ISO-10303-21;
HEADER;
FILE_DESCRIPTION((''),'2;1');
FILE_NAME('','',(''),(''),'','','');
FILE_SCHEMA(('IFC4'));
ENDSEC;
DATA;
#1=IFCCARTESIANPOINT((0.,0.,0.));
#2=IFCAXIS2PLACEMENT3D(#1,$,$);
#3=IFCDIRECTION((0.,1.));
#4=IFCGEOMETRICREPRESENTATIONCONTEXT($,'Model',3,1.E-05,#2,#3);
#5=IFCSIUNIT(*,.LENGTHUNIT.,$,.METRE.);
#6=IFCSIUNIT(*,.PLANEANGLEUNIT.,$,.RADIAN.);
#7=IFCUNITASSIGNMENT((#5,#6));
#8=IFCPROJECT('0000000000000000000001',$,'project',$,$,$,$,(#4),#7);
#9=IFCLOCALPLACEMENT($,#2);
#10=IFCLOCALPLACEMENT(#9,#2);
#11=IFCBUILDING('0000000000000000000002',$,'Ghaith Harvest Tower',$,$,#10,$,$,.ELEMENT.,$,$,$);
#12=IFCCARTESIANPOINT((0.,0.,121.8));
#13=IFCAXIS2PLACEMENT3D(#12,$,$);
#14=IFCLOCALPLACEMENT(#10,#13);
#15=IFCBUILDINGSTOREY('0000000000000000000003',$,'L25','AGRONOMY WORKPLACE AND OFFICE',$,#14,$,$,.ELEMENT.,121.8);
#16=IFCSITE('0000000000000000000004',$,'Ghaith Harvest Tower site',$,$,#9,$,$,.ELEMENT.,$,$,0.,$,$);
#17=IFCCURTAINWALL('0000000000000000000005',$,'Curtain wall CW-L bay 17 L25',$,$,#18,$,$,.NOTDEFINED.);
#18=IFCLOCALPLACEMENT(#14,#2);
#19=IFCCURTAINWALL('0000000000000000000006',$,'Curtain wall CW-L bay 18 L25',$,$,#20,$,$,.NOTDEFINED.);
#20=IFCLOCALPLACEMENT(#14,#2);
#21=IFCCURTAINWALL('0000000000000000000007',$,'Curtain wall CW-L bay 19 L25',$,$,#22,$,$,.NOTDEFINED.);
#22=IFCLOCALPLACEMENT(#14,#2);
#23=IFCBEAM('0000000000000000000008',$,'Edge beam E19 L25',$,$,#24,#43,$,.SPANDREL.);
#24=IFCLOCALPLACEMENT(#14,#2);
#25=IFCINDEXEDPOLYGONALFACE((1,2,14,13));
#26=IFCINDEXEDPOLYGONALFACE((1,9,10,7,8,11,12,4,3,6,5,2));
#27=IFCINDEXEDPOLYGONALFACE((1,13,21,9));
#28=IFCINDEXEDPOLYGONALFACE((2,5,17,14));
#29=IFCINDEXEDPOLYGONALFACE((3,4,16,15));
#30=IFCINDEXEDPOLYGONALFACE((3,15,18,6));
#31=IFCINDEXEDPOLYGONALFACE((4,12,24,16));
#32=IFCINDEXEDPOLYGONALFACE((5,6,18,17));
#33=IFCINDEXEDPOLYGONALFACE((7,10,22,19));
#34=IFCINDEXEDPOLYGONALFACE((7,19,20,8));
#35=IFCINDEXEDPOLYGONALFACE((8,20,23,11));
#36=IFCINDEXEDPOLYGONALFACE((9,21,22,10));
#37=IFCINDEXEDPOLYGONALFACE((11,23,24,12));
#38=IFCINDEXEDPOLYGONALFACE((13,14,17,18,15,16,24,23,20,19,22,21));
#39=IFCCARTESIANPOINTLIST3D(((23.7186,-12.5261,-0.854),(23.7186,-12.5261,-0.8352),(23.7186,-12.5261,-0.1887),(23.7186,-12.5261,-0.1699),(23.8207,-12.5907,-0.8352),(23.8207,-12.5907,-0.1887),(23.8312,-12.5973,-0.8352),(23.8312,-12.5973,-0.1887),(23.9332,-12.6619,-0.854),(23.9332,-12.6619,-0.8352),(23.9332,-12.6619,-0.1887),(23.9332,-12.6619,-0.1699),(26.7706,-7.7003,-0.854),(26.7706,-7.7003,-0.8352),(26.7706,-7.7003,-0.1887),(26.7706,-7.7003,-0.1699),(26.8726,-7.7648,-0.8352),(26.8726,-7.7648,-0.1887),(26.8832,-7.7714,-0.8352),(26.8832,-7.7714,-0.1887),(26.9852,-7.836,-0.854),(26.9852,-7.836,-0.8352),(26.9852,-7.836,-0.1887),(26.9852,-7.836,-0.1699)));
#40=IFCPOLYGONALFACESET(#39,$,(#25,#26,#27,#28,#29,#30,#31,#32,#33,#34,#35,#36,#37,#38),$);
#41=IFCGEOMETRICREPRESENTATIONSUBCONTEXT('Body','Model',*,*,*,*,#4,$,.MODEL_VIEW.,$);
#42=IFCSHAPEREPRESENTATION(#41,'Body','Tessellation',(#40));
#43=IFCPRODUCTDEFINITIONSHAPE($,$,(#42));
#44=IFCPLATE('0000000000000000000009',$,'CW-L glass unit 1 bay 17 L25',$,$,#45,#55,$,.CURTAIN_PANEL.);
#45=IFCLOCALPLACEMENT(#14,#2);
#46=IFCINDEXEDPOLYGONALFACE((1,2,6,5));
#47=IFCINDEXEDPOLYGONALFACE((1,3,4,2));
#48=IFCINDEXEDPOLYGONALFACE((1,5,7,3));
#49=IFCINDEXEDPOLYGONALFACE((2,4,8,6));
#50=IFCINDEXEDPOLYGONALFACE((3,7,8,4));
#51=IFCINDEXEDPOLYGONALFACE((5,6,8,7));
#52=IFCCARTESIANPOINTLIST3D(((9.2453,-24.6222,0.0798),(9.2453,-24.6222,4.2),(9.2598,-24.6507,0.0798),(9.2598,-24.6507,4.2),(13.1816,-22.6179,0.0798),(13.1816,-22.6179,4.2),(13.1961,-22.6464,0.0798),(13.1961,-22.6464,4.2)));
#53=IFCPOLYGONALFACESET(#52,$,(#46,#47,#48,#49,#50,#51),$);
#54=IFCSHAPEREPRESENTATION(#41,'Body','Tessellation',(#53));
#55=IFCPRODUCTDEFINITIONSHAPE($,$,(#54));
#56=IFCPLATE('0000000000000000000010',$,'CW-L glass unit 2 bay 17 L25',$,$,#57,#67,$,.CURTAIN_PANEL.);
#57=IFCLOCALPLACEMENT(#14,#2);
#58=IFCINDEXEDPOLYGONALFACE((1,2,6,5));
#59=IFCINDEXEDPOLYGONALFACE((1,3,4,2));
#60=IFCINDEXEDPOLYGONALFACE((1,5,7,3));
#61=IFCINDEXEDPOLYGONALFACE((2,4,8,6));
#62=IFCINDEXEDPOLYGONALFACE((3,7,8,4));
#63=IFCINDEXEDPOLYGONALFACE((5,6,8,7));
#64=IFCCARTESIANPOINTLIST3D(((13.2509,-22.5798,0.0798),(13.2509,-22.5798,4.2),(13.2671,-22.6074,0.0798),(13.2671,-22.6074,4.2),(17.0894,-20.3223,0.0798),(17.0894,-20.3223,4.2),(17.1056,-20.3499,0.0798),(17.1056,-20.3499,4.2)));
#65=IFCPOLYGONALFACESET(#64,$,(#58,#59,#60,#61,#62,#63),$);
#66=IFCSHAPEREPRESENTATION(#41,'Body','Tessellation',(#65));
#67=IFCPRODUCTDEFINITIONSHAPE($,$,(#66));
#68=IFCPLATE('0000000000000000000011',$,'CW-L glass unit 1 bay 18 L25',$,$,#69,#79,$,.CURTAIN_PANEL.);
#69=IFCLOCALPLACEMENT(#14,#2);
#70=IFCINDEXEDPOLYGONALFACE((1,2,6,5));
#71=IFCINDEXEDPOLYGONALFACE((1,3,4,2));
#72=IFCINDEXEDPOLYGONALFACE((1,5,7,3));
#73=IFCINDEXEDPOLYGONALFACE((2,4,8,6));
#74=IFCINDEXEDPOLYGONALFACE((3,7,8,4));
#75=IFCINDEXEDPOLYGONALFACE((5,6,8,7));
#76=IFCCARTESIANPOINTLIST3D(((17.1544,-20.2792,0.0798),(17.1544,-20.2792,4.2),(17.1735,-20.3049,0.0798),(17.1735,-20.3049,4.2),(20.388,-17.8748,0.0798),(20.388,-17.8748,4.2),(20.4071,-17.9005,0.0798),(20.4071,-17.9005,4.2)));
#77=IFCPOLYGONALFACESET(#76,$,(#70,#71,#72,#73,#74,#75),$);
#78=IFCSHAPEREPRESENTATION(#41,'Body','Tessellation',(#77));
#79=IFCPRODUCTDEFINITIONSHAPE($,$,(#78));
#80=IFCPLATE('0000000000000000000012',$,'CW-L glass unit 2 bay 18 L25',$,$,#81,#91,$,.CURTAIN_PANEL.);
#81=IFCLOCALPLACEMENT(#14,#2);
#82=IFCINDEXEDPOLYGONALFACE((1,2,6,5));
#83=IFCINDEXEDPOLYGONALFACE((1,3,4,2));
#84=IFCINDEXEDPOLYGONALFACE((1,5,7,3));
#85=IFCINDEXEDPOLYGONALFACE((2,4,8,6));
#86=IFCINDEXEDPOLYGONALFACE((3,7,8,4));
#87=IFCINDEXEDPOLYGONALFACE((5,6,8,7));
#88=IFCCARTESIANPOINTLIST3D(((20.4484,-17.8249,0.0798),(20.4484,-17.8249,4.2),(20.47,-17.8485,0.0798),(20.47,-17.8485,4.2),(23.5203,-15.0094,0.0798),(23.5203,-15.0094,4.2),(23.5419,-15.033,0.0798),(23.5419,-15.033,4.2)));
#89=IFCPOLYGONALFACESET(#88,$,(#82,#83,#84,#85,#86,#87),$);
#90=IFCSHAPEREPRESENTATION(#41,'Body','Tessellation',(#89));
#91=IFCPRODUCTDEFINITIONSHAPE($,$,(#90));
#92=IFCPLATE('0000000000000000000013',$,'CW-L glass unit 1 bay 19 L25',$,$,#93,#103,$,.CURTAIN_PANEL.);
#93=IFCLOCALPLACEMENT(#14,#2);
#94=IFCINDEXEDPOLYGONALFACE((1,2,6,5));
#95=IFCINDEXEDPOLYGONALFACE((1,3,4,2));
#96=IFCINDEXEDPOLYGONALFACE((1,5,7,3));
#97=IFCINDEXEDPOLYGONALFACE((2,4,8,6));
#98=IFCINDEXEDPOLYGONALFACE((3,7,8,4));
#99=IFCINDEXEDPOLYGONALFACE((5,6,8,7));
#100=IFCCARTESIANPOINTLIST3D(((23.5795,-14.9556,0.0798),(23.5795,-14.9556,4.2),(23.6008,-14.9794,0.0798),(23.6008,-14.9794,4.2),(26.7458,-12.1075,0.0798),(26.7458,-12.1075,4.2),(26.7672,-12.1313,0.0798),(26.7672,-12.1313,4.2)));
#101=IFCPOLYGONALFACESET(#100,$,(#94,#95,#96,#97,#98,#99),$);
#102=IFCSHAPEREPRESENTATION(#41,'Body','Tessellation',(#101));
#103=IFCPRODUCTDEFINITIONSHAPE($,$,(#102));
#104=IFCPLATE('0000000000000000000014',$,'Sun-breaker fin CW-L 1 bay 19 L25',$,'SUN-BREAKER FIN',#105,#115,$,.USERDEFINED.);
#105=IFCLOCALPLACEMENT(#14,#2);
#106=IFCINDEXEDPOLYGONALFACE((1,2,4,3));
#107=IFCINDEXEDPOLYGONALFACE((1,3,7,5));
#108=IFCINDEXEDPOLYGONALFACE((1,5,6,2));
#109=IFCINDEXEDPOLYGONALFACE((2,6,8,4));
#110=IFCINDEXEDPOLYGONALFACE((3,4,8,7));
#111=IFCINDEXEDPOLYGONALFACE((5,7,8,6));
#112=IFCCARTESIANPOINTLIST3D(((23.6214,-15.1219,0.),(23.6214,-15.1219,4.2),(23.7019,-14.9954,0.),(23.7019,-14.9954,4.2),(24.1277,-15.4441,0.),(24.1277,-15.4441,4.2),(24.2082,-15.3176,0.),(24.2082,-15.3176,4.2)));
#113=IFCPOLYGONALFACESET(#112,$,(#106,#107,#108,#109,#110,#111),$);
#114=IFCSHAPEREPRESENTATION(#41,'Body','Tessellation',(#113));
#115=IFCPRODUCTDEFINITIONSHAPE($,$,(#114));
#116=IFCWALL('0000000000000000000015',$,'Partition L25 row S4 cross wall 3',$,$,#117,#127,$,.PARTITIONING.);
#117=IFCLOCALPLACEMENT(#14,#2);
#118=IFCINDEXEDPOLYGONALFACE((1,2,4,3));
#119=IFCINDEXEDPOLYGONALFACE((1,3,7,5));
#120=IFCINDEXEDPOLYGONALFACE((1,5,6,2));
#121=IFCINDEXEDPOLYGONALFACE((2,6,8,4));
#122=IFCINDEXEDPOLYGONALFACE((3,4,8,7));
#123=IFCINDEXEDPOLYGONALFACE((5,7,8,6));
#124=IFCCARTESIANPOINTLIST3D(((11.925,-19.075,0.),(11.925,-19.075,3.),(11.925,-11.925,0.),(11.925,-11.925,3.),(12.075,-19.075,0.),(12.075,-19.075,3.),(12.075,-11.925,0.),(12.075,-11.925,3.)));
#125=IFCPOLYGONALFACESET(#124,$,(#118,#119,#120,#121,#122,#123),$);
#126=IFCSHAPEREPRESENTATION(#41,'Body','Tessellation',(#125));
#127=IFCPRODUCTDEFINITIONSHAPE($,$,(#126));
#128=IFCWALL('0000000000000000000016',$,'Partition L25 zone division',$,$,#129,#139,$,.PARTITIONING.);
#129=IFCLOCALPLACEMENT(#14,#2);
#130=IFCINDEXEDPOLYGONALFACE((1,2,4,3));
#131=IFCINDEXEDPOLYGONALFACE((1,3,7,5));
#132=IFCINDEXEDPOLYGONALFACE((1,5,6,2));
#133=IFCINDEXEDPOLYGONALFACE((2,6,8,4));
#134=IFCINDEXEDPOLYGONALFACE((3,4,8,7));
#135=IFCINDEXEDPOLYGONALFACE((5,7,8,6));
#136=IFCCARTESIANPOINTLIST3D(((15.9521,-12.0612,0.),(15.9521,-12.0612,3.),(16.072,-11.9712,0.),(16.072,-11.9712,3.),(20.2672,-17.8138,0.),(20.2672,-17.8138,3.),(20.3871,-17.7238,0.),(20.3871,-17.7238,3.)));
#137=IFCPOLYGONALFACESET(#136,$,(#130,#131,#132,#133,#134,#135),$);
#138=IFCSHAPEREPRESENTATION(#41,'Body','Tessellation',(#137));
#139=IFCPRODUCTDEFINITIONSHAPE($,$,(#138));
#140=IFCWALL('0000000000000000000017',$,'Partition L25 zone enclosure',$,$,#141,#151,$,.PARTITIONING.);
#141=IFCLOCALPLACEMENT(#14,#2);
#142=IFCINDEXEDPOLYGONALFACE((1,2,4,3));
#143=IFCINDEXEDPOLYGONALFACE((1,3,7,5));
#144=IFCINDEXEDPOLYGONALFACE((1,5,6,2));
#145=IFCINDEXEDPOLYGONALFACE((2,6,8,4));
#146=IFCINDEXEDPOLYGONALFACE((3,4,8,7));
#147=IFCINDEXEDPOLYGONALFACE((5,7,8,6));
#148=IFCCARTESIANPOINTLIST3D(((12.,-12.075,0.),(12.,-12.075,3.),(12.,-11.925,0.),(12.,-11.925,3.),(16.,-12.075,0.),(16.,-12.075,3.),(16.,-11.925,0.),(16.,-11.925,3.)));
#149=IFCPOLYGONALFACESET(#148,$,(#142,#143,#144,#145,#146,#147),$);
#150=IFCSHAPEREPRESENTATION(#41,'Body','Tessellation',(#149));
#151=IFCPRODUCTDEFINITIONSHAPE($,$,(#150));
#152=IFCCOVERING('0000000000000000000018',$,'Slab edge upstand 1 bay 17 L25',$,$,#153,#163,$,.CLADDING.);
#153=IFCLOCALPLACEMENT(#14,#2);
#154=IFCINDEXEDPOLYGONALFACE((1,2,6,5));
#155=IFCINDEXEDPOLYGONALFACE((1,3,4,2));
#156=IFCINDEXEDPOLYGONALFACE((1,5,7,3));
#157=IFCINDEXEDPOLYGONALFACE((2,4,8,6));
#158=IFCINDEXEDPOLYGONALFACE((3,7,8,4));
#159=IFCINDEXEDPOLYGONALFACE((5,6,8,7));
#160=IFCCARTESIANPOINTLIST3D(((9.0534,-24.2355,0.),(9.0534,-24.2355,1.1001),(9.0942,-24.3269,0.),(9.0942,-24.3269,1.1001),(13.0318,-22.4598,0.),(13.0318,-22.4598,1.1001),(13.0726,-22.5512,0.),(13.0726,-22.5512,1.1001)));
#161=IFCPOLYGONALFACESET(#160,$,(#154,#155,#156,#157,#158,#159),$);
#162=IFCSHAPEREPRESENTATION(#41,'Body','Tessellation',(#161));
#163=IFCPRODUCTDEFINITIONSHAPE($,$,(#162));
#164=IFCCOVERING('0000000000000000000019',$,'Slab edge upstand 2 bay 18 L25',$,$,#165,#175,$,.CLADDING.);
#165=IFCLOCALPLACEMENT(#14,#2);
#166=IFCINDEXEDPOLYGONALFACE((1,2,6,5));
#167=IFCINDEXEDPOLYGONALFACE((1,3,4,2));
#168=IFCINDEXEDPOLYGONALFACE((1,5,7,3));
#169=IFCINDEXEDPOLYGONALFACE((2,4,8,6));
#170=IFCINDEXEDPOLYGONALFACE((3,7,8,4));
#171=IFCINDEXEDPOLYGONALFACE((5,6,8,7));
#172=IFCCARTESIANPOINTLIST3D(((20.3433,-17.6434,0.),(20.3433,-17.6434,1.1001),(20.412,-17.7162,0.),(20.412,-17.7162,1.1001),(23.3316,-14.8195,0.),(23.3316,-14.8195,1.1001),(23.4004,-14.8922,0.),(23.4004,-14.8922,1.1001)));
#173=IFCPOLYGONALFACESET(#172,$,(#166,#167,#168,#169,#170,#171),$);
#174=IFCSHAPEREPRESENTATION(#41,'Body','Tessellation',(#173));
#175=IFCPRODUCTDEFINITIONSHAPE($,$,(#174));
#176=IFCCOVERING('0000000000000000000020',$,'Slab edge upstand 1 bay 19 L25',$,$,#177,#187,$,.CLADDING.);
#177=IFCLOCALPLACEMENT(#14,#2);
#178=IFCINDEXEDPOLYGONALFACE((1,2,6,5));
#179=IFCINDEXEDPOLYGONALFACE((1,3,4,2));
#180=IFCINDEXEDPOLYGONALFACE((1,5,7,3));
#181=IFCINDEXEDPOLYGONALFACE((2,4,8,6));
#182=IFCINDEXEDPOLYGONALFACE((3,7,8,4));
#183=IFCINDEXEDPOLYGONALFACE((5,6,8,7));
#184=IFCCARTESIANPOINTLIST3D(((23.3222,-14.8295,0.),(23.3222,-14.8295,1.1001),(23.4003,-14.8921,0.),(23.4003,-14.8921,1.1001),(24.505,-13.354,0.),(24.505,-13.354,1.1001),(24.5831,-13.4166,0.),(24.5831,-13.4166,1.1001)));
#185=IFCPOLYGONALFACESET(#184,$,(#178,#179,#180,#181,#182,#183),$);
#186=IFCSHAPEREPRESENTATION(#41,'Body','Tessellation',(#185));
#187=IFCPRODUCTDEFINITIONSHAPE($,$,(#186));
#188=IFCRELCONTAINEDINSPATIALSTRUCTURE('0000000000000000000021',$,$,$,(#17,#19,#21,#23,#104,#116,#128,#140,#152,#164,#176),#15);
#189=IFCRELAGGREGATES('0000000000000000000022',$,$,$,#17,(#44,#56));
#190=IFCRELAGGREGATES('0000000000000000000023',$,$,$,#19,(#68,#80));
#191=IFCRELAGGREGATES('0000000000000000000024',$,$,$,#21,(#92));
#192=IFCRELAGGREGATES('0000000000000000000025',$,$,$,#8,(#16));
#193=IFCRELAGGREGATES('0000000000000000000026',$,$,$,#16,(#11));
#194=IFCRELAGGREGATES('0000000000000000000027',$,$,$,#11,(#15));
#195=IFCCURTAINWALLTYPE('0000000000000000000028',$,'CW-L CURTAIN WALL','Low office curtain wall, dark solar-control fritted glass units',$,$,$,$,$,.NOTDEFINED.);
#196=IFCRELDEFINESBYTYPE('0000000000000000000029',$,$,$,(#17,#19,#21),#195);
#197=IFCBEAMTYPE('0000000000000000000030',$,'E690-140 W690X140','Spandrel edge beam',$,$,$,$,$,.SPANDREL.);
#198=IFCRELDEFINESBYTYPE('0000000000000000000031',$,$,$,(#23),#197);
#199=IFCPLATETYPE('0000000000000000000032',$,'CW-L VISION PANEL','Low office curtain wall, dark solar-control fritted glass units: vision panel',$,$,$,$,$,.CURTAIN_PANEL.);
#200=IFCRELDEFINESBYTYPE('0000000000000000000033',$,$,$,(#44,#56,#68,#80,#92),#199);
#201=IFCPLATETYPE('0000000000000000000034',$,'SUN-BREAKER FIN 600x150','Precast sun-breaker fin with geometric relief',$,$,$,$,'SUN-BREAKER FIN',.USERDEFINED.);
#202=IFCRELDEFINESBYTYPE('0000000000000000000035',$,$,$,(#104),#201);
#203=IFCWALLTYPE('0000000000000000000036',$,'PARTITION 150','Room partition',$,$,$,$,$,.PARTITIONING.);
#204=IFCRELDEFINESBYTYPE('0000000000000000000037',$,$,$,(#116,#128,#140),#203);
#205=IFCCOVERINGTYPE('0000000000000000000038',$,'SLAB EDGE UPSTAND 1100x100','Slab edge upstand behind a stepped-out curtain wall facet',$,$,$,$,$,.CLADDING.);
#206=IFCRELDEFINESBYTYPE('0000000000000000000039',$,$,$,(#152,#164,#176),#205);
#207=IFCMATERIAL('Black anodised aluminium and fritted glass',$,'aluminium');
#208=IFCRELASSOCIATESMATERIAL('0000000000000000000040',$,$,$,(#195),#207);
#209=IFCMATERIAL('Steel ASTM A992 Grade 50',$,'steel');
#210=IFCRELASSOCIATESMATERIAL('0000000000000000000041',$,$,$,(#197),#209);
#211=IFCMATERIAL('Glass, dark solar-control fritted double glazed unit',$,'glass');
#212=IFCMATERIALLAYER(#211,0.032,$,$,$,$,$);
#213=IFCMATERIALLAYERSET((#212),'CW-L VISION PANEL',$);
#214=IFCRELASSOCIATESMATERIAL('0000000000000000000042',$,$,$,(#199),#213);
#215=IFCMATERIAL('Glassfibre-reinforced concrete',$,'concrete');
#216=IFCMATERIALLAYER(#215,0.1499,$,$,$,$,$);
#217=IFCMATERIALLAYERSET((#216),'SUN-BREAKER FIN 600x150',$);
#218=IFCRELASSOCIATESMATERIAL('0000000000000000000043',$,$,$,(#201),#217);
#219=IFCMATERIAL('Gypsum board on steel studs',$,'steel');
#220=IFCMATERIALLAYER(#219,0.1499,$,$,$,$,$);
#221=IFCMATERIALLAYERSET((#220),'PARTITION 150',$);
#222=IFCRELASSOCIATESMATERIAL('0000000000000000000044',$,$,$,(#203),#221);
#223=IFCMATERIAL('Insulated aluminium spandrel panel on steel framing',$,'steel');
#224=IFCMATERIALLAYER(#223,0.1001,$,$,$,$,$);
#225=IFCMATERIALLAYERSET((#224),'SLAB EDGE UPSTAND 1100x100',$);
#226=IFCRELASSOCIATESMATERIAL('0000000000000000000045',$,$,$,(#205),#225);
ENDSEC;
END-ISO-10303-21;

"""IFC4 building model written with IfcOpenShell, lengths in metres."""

from ifc_helpers import new_model, si_unit, direction, frame, frame_2d, origin, origin_2d, place, context, subcontext, project, spatial, rectangle, i_section, extrude, material, layer, layer_set, material_profile, profile_set, type_object, element, aggregate, save


model = new_model("IFC4")

# Units and contexts
model_context = context("Model", 3, precision=1e-05, world=origin(), true_north=direction((0.0, 1.0)))
body_context = subcontext(model_context, "Body", "Model", "MODEL_VIEW")
ifc_project = project(units=[si_unit("LENGTHUNIT", "METRE"), si_unit("PLANEANGLEUNIT", "RADIAN")], contexts=[model_context])

# Site, building, storey
site_placement = place(None, origin())
site = spatial("IfcSite", under=ifc_project, at=site_placement, Name="Ghaith Harvest Tower site", CompositionType="ELEMENT", RefElevation=0.0)
building_placement = place(site_placement, origin())
building = spatial("IfcBuilding", under=site, at=building_placement, Name="Ghaith Harvest Tower", CompositionType="ELEMENT")
storey_placement = place(building_placement, frame((0.0, 0.0, 121.8)))
storey = spatial("IfcBuildingStorey", under=building, at=storey_placement, Name="L25", Description="AGRONOMY WORKPLACE AND OFFICE", CompositionType="ELEMENT", Elevation=121.8)

# Curtain wall
ifc_material_1 = material(Name="Black anodised aluminium and fritted glass", Category="aluminium")
curtain_wall_type = type_object("IfcCurtainWallType", Name="CW-L CURTAIN WALL", Description="Low office curtain wall, dark solar-control fritted glass units", PredefinedType="NOTDEFINED", material=ifc_material_1)
curtain_wall_1_placement = place(storey_placement, origin())
curtain_wall_1 = element("IfcCurtainWall", 1, at=curtain_wall_1_placement, inside=storey, type_object=curtain_wall_type, Name="Curtain wall CW-L bay 17 L25", PredefinedType="NOTDEFINED")

# Curtain walls
curtain_wall_2_placement = place(storey_placement, origin())
curtain_wall_2 = element("IfcCurtainWall", 2, at=curtain_wall_2_placement, inside=storey, type_object=curtain_wall_type, Name="Curtain wall CW-L bay 18 L25", PredefinedType="NOTDEFINED")
curtain_wall_3_placement = place(storey_placement, origin())
curtain_wall_3 = element("IfcCurtainWall", 3, at=curtain_wall_3_placement, inside=storey, type_object=curtain_wall_type, Name="Curtain wall CW-L bay 19 L25", PredefinedType="NOTDEFINED")

# Beam
ifc_material_2 = material(Name="Steel ASTM A992 Grade 50", Category="steel")
ifc_material_profile_1 = material_profile(ifc_material_2, i_section(OverallWidth=0.2539, OverallDepth=0.6841, WebThickness=0.0125, FlangeThickness=0.0188, at=origin_2d()), Name="W690X140")
ifc_profile_set_1 = profile_set([ifc_material_profile_1], Name="Steel ASTM A992 Grade 50")
beam_type = type_object("IfcBeamType", Name="E690-140 W690X140", Description="Spandrel edge beam", PredefinedType="SPANDREL", material=ifc_profile_set_1)
beam_1_placement = place(storey_placement, frame((23.8259, -12.594, -0.512), z_axis=(0.5345, 0.845169, 0.0), x_axis=(-0.845169, 0.5345, 0.0)))
element("IfcBeam", 4, at=beam_1_placement, inside=storey, type_object=beam_type, Name="Edge beam E19 L25", PredefinedType="SPANDREL", context=body_context, shape_type="SweptSolid", body=[
    extrude(i_section(OverallWidth=0.2539, OverallDepth=0.6841, WebThickness=0.0125, FlangeThickness=0.0188, at=origin_2d()), origin(), (0.0, 0.0, 1.0), 5.71),
])

# Plates
ifc_material_3 = material(Name="Glass, dark solar-control fritted double glazed unit", Category="glass")
ifc_layer_1 = layer(ifc_material_3, 0.032)
ifc_layer_set_1 = layer_set([ifc_layer_1], Name="CW-L VISION PANEL")
plate_type_1 = type_object("IfcPlateType", Name="CW-L VISION PANEL", Description="Low office curtain wall, dark solar-control fritted glass units: vision panel", PredefinedType="CURTAIN_PANEL", material=ifc_layer_set_1)
plate_1_placement = place(storey_placement, frame((11.2207, -23.6343, 0.0798), z_axis=(0.0, 0.0, 1.0), x_axis=(0.891127, 0.453754, 0.0)))
plate_1 = element("IfcPlate", 5, at=plate_1_placement, type_object=plate_type_1, Name="CW-L glass unit 1 bay 17 L25", PredefinedType="CURTAIN_PANEL", context=body_context, shape_type="SweptSolid", body=[
    extrude(rectangle(XDim=4.4172, YDim=0.032, at=origin_2d()), origin(), (0.0, 0.0, 1.0), 4.1201),
])
plate_2_placement = place(storey_placement, frame((15.1782, -21.4648, 0.0798), z_axis=(0.0, 0.0, 1.0), x_axis=(0.861979, 0.506943, 0.0)))
plate_2 = element("IfcPlate", 6, at=plate_2_placement, type_object=plate_type_1, Name="CW-L glass unit 2 bay 17 L25", PredefinedType="CURTAIN_PANEL", context=body_context, shape_type="SweptSolid", body=[
    extrude(rectangle(XDim=4.4531, YDim=0.032, at=origin_2d()), origin(), (0.0, 0.0, 1.0), 4.1201),
])
aggregate(curtain_wall_1, [plate_1, plate_2])
plate_3_placement = place(storey_placement, frame((18.7808, -19.0898, 0.0798), z_axis=(0.0, 0.0, 1.0), x_axis=(0.802462, 0.596703, 0.0)))
plate_3 = element("IfcPlate", 7, at=plate_3_placement, type_object=plate_type_1, Name="CW-L glass unit 1 bay 18 L25", PredefinedType="CURTAIN_PANEL", context=body_context, shape_type="SweptSolid", body=[
    extrude(rectangle(XDim=4.0295, YDim=0.032, at=origin_2d()), origin(), (0.0, 0.0, 1.0), 4.1201),
])
plate_4_placement = place(storey_placement, frame((21.9951, -16.429, 0.0798), z_axis=(0.0, 0.0, 1.0), x_axis=(0.737202, 0.675673, 0.0)))
plate_4 = element("IfcPlate", 8, at=plate_4_placement, type_object=plate_type_1, Name="CW-L glass unit 2 bay 18 L25", PredefinedType="CURTAIN_PANEL", context=body_context, shape_type="SweptSolid", body=[
    extrude(rectangle(XDim=4.167, YDim=0.032, at=origin_2d()), origin(), (0.0, 0.0, 1.0), 4.1201),
])
aggregate(curtain_wall_2, [plate_3, plate_4])
plate_5_placement = place(storey_placement, frame((25.1733, -13.5435, 0.0798), z_axis=(0.0, 0.0, 1.0), x_axis=(0.743493, 0.668744, 0.0)))
plate_5 = element("IfcPlate", 9, at=plate_5_placement, type_object=plate_type_1, Name="CW-L glass unit 1 bay 19 L25", PredefinedType="CURTAIN_PANEL", context=body_context, shape_type="SweptSolid", body=[
    extrude(rectangle(XDim=4.2588, YDim=0.032, at=origin_2d()), origin(), (0.0, 0.0, 1.0), 4.1201),
])
aggregate(curtain_wall_3, [plate_5])
ifc_material_4 = material(Name="Glassfibre-reinforced concrete", Category="concrete")
ifc_layer_2 = layer(ifc_material_4, 0.1499)
ifc_layer_set_2 = layer_set([ifc_layer_2], Name="SUN-BREAKER FIN 600x150")
plate_type_2 = type_object("IfcPlateType", Name="SUN-BREAKER FIN 600x150", Description="Precast sun-breaker fin with geometric relief", ElementType="SUN-BREAKER FIN", PredefinedType="USERDEFINED", material=ifc_layer_set_2)
plate_6_placement = place(storey_placement, frame((23.9148, -15.2197, 0.0), z_axis=(0.0, 0.0, 1.0), x_axis=(0.843644, -0.536903, 0.0)))
element("IfcPlate", 10, at=plate_6_placement, inside=storey, type_object=plate_type_2, Name="Sun-breaker fin CW-L 1 bay 19 L25", ObjectType="SUN-BREAKER FIN", PredefinedType="USERDEFINED", context=body_context, shape_type="SweptSolid", body=[
    extrude(rectangle(XDim=0.6001, YDim=0.1499, at=origin_2d()), origin(), (0.0, 0.0, 1.0), 4.2),
])

# Walls
ifc_material_5 = material(Name="Gypsum board on steel studs", Category="steel")
ifc_layer_3 = layer(ifc_material_5, 0.1499)
ifc_layer_set_3 = layer_set([ifc_layer_3], Name="PARTITION 150")
wall_type = type_object("IfcWallType", Name="PARTITION 150", Description="Room partition", PredefinedType="PARTITIONING", material=ifc_layer_set_3)
wall_1_placement = place(storey_placement, frame((12.0, -11.925, 0.0), z_axis=(0.0, 0.0, 1.0), x_axis=(0.0, -1.0, 0.0)))
element("IfcWall", 11, at=wall_1_placement, inside=storey, type_object=wall_type, Name="Partition L25 row S4 cross wall 3", PredefinedType="PARTITIONING", context=body_context, shape_type="SweptSolid", body=[
    extrude(rectangle(XDim=7.1499, YDim=0.1499, at=frame_2d((3.575, 0.0))), origin(), (0.0, 0.0, 1.0), 3.0),
])
wall_2_placement = place(storey_placement, frame((16.012, -12.0161, 0.0), z_axis=(0.0, 0.0, 1.0), x_axis=(0.60006, -0.799955, 0.0)))
element("IfcWall", 12, at=wall_2_placement, inside=storey, type_object=wall_type, Name="Partition L25 zone division", PredefinedType="PARTITIONING", context=body_context, shape_type="SweptSolid", body=[
    extrude(rectangle(XDim=7.1912, YDim=0.1499, at=frame_2d((3.5957, 0.0))), origin(), (0.0, 0.0, 1.0), 3.0),
])
wall_3_placement = place(storey_placement, frame((12.0, -12.0, 0.0), z_axis=(0.0, 0.0, 1.0), x_axis=(1.0, 0.0, 0.0)))
element("IfcWall", 13, at=wall_3_placement, inside=storey, type_object=wall_type, Name="Partition L25 zone enclosure", PredefinedType="PARTITIONING", context=body_context, shape_type="SweptSolid", body=[
    extrude(rectangle(XDim=4.0, YDim=0.1499, at=frame_2d((2.0, 0.0))), origin(), (0.0, 0.0, 1.0), 3.0),
])

# Coverings
ifc_material_6 = material(Name="Insulated aluminium spandrel panel on steel framing", Category="steel")
ifc_layer_4 = layer(ifc_material_6, 0.1001)
ifc_layer_set_4 = layer_set([ifc_layer_4], Name="SLAB EDGE UPSTAND 1100x100")
covering_type = type_object("IfcCoveringType", Name="SLAB EDGE UPSTAND 1100x100", Description="Slab edge upstand behind a stepped-out curtain wall facet", PredefinedType="CLADDING", material=ifc_layer_set_4)
covering_1_placement = place(storey_placement, frame((11.063, -23.3933, 0.0), z_axis=(0.0, 0.0, 1.0), x_axis=(0.91317, 0.407578, 0.0)))
element("IfcCovering", 14, at=covering_1_placement, inside=storey, type_object=covering_type, Name="Slab edge upstand 1 bay 17 L25", PredefinedType="CLADDING", context=body_context, shape_type="SweptSolid", body=[
    extrude(rectangle(XDim=4.3567, YDim=0.1001, at=origin_2d()), origin(), (0.0, 0.0, 1.0), 1.1001),
])
covering_2_placement = place(storey_placement, frame((21.8718, -16.2678, 0.0), z_axis=(0.0, 0.0, 1.0), x_axis=(0.72681, 0.686839, 0.0)))
element("IfcCovering", 15, at=covering_2_placement, inside=storey, type_object=covering_type, Name="Slab edge upstand 2 bay 18 L25", PredefinedType="CLADDING", context=body_context, shape_type="SweptSolid", body=[
    extrude(rectangle(XDim=4.1116, YDim=0.1001, at=origin_2d()), origin(), (0.0, 0.0, 1.0), 1.1001),
])
covering_3_placement = place(storey_placement, frame((23.9526, -14.123, 0.0), z_axis=(0.0, 0.0, 1.0), x_axis=(0.625468, 0.78025, 0.0)))
element("IfcCovering", 16, at=covering_3_placement, inside=storey, type_object=covering_type, Name="Slab edge upstand 1 bay 19 L25", PredefinedType="CLADDING", context=body_context, shape_type="SweptSolid", body=[
    extrude(rectangle(XDim=1.8911, YDim=0.1001, at=origin_2d()), origin(), (0.0, 0.0, 1.0), 1.1001),
])

save(model, "model.ifc")
